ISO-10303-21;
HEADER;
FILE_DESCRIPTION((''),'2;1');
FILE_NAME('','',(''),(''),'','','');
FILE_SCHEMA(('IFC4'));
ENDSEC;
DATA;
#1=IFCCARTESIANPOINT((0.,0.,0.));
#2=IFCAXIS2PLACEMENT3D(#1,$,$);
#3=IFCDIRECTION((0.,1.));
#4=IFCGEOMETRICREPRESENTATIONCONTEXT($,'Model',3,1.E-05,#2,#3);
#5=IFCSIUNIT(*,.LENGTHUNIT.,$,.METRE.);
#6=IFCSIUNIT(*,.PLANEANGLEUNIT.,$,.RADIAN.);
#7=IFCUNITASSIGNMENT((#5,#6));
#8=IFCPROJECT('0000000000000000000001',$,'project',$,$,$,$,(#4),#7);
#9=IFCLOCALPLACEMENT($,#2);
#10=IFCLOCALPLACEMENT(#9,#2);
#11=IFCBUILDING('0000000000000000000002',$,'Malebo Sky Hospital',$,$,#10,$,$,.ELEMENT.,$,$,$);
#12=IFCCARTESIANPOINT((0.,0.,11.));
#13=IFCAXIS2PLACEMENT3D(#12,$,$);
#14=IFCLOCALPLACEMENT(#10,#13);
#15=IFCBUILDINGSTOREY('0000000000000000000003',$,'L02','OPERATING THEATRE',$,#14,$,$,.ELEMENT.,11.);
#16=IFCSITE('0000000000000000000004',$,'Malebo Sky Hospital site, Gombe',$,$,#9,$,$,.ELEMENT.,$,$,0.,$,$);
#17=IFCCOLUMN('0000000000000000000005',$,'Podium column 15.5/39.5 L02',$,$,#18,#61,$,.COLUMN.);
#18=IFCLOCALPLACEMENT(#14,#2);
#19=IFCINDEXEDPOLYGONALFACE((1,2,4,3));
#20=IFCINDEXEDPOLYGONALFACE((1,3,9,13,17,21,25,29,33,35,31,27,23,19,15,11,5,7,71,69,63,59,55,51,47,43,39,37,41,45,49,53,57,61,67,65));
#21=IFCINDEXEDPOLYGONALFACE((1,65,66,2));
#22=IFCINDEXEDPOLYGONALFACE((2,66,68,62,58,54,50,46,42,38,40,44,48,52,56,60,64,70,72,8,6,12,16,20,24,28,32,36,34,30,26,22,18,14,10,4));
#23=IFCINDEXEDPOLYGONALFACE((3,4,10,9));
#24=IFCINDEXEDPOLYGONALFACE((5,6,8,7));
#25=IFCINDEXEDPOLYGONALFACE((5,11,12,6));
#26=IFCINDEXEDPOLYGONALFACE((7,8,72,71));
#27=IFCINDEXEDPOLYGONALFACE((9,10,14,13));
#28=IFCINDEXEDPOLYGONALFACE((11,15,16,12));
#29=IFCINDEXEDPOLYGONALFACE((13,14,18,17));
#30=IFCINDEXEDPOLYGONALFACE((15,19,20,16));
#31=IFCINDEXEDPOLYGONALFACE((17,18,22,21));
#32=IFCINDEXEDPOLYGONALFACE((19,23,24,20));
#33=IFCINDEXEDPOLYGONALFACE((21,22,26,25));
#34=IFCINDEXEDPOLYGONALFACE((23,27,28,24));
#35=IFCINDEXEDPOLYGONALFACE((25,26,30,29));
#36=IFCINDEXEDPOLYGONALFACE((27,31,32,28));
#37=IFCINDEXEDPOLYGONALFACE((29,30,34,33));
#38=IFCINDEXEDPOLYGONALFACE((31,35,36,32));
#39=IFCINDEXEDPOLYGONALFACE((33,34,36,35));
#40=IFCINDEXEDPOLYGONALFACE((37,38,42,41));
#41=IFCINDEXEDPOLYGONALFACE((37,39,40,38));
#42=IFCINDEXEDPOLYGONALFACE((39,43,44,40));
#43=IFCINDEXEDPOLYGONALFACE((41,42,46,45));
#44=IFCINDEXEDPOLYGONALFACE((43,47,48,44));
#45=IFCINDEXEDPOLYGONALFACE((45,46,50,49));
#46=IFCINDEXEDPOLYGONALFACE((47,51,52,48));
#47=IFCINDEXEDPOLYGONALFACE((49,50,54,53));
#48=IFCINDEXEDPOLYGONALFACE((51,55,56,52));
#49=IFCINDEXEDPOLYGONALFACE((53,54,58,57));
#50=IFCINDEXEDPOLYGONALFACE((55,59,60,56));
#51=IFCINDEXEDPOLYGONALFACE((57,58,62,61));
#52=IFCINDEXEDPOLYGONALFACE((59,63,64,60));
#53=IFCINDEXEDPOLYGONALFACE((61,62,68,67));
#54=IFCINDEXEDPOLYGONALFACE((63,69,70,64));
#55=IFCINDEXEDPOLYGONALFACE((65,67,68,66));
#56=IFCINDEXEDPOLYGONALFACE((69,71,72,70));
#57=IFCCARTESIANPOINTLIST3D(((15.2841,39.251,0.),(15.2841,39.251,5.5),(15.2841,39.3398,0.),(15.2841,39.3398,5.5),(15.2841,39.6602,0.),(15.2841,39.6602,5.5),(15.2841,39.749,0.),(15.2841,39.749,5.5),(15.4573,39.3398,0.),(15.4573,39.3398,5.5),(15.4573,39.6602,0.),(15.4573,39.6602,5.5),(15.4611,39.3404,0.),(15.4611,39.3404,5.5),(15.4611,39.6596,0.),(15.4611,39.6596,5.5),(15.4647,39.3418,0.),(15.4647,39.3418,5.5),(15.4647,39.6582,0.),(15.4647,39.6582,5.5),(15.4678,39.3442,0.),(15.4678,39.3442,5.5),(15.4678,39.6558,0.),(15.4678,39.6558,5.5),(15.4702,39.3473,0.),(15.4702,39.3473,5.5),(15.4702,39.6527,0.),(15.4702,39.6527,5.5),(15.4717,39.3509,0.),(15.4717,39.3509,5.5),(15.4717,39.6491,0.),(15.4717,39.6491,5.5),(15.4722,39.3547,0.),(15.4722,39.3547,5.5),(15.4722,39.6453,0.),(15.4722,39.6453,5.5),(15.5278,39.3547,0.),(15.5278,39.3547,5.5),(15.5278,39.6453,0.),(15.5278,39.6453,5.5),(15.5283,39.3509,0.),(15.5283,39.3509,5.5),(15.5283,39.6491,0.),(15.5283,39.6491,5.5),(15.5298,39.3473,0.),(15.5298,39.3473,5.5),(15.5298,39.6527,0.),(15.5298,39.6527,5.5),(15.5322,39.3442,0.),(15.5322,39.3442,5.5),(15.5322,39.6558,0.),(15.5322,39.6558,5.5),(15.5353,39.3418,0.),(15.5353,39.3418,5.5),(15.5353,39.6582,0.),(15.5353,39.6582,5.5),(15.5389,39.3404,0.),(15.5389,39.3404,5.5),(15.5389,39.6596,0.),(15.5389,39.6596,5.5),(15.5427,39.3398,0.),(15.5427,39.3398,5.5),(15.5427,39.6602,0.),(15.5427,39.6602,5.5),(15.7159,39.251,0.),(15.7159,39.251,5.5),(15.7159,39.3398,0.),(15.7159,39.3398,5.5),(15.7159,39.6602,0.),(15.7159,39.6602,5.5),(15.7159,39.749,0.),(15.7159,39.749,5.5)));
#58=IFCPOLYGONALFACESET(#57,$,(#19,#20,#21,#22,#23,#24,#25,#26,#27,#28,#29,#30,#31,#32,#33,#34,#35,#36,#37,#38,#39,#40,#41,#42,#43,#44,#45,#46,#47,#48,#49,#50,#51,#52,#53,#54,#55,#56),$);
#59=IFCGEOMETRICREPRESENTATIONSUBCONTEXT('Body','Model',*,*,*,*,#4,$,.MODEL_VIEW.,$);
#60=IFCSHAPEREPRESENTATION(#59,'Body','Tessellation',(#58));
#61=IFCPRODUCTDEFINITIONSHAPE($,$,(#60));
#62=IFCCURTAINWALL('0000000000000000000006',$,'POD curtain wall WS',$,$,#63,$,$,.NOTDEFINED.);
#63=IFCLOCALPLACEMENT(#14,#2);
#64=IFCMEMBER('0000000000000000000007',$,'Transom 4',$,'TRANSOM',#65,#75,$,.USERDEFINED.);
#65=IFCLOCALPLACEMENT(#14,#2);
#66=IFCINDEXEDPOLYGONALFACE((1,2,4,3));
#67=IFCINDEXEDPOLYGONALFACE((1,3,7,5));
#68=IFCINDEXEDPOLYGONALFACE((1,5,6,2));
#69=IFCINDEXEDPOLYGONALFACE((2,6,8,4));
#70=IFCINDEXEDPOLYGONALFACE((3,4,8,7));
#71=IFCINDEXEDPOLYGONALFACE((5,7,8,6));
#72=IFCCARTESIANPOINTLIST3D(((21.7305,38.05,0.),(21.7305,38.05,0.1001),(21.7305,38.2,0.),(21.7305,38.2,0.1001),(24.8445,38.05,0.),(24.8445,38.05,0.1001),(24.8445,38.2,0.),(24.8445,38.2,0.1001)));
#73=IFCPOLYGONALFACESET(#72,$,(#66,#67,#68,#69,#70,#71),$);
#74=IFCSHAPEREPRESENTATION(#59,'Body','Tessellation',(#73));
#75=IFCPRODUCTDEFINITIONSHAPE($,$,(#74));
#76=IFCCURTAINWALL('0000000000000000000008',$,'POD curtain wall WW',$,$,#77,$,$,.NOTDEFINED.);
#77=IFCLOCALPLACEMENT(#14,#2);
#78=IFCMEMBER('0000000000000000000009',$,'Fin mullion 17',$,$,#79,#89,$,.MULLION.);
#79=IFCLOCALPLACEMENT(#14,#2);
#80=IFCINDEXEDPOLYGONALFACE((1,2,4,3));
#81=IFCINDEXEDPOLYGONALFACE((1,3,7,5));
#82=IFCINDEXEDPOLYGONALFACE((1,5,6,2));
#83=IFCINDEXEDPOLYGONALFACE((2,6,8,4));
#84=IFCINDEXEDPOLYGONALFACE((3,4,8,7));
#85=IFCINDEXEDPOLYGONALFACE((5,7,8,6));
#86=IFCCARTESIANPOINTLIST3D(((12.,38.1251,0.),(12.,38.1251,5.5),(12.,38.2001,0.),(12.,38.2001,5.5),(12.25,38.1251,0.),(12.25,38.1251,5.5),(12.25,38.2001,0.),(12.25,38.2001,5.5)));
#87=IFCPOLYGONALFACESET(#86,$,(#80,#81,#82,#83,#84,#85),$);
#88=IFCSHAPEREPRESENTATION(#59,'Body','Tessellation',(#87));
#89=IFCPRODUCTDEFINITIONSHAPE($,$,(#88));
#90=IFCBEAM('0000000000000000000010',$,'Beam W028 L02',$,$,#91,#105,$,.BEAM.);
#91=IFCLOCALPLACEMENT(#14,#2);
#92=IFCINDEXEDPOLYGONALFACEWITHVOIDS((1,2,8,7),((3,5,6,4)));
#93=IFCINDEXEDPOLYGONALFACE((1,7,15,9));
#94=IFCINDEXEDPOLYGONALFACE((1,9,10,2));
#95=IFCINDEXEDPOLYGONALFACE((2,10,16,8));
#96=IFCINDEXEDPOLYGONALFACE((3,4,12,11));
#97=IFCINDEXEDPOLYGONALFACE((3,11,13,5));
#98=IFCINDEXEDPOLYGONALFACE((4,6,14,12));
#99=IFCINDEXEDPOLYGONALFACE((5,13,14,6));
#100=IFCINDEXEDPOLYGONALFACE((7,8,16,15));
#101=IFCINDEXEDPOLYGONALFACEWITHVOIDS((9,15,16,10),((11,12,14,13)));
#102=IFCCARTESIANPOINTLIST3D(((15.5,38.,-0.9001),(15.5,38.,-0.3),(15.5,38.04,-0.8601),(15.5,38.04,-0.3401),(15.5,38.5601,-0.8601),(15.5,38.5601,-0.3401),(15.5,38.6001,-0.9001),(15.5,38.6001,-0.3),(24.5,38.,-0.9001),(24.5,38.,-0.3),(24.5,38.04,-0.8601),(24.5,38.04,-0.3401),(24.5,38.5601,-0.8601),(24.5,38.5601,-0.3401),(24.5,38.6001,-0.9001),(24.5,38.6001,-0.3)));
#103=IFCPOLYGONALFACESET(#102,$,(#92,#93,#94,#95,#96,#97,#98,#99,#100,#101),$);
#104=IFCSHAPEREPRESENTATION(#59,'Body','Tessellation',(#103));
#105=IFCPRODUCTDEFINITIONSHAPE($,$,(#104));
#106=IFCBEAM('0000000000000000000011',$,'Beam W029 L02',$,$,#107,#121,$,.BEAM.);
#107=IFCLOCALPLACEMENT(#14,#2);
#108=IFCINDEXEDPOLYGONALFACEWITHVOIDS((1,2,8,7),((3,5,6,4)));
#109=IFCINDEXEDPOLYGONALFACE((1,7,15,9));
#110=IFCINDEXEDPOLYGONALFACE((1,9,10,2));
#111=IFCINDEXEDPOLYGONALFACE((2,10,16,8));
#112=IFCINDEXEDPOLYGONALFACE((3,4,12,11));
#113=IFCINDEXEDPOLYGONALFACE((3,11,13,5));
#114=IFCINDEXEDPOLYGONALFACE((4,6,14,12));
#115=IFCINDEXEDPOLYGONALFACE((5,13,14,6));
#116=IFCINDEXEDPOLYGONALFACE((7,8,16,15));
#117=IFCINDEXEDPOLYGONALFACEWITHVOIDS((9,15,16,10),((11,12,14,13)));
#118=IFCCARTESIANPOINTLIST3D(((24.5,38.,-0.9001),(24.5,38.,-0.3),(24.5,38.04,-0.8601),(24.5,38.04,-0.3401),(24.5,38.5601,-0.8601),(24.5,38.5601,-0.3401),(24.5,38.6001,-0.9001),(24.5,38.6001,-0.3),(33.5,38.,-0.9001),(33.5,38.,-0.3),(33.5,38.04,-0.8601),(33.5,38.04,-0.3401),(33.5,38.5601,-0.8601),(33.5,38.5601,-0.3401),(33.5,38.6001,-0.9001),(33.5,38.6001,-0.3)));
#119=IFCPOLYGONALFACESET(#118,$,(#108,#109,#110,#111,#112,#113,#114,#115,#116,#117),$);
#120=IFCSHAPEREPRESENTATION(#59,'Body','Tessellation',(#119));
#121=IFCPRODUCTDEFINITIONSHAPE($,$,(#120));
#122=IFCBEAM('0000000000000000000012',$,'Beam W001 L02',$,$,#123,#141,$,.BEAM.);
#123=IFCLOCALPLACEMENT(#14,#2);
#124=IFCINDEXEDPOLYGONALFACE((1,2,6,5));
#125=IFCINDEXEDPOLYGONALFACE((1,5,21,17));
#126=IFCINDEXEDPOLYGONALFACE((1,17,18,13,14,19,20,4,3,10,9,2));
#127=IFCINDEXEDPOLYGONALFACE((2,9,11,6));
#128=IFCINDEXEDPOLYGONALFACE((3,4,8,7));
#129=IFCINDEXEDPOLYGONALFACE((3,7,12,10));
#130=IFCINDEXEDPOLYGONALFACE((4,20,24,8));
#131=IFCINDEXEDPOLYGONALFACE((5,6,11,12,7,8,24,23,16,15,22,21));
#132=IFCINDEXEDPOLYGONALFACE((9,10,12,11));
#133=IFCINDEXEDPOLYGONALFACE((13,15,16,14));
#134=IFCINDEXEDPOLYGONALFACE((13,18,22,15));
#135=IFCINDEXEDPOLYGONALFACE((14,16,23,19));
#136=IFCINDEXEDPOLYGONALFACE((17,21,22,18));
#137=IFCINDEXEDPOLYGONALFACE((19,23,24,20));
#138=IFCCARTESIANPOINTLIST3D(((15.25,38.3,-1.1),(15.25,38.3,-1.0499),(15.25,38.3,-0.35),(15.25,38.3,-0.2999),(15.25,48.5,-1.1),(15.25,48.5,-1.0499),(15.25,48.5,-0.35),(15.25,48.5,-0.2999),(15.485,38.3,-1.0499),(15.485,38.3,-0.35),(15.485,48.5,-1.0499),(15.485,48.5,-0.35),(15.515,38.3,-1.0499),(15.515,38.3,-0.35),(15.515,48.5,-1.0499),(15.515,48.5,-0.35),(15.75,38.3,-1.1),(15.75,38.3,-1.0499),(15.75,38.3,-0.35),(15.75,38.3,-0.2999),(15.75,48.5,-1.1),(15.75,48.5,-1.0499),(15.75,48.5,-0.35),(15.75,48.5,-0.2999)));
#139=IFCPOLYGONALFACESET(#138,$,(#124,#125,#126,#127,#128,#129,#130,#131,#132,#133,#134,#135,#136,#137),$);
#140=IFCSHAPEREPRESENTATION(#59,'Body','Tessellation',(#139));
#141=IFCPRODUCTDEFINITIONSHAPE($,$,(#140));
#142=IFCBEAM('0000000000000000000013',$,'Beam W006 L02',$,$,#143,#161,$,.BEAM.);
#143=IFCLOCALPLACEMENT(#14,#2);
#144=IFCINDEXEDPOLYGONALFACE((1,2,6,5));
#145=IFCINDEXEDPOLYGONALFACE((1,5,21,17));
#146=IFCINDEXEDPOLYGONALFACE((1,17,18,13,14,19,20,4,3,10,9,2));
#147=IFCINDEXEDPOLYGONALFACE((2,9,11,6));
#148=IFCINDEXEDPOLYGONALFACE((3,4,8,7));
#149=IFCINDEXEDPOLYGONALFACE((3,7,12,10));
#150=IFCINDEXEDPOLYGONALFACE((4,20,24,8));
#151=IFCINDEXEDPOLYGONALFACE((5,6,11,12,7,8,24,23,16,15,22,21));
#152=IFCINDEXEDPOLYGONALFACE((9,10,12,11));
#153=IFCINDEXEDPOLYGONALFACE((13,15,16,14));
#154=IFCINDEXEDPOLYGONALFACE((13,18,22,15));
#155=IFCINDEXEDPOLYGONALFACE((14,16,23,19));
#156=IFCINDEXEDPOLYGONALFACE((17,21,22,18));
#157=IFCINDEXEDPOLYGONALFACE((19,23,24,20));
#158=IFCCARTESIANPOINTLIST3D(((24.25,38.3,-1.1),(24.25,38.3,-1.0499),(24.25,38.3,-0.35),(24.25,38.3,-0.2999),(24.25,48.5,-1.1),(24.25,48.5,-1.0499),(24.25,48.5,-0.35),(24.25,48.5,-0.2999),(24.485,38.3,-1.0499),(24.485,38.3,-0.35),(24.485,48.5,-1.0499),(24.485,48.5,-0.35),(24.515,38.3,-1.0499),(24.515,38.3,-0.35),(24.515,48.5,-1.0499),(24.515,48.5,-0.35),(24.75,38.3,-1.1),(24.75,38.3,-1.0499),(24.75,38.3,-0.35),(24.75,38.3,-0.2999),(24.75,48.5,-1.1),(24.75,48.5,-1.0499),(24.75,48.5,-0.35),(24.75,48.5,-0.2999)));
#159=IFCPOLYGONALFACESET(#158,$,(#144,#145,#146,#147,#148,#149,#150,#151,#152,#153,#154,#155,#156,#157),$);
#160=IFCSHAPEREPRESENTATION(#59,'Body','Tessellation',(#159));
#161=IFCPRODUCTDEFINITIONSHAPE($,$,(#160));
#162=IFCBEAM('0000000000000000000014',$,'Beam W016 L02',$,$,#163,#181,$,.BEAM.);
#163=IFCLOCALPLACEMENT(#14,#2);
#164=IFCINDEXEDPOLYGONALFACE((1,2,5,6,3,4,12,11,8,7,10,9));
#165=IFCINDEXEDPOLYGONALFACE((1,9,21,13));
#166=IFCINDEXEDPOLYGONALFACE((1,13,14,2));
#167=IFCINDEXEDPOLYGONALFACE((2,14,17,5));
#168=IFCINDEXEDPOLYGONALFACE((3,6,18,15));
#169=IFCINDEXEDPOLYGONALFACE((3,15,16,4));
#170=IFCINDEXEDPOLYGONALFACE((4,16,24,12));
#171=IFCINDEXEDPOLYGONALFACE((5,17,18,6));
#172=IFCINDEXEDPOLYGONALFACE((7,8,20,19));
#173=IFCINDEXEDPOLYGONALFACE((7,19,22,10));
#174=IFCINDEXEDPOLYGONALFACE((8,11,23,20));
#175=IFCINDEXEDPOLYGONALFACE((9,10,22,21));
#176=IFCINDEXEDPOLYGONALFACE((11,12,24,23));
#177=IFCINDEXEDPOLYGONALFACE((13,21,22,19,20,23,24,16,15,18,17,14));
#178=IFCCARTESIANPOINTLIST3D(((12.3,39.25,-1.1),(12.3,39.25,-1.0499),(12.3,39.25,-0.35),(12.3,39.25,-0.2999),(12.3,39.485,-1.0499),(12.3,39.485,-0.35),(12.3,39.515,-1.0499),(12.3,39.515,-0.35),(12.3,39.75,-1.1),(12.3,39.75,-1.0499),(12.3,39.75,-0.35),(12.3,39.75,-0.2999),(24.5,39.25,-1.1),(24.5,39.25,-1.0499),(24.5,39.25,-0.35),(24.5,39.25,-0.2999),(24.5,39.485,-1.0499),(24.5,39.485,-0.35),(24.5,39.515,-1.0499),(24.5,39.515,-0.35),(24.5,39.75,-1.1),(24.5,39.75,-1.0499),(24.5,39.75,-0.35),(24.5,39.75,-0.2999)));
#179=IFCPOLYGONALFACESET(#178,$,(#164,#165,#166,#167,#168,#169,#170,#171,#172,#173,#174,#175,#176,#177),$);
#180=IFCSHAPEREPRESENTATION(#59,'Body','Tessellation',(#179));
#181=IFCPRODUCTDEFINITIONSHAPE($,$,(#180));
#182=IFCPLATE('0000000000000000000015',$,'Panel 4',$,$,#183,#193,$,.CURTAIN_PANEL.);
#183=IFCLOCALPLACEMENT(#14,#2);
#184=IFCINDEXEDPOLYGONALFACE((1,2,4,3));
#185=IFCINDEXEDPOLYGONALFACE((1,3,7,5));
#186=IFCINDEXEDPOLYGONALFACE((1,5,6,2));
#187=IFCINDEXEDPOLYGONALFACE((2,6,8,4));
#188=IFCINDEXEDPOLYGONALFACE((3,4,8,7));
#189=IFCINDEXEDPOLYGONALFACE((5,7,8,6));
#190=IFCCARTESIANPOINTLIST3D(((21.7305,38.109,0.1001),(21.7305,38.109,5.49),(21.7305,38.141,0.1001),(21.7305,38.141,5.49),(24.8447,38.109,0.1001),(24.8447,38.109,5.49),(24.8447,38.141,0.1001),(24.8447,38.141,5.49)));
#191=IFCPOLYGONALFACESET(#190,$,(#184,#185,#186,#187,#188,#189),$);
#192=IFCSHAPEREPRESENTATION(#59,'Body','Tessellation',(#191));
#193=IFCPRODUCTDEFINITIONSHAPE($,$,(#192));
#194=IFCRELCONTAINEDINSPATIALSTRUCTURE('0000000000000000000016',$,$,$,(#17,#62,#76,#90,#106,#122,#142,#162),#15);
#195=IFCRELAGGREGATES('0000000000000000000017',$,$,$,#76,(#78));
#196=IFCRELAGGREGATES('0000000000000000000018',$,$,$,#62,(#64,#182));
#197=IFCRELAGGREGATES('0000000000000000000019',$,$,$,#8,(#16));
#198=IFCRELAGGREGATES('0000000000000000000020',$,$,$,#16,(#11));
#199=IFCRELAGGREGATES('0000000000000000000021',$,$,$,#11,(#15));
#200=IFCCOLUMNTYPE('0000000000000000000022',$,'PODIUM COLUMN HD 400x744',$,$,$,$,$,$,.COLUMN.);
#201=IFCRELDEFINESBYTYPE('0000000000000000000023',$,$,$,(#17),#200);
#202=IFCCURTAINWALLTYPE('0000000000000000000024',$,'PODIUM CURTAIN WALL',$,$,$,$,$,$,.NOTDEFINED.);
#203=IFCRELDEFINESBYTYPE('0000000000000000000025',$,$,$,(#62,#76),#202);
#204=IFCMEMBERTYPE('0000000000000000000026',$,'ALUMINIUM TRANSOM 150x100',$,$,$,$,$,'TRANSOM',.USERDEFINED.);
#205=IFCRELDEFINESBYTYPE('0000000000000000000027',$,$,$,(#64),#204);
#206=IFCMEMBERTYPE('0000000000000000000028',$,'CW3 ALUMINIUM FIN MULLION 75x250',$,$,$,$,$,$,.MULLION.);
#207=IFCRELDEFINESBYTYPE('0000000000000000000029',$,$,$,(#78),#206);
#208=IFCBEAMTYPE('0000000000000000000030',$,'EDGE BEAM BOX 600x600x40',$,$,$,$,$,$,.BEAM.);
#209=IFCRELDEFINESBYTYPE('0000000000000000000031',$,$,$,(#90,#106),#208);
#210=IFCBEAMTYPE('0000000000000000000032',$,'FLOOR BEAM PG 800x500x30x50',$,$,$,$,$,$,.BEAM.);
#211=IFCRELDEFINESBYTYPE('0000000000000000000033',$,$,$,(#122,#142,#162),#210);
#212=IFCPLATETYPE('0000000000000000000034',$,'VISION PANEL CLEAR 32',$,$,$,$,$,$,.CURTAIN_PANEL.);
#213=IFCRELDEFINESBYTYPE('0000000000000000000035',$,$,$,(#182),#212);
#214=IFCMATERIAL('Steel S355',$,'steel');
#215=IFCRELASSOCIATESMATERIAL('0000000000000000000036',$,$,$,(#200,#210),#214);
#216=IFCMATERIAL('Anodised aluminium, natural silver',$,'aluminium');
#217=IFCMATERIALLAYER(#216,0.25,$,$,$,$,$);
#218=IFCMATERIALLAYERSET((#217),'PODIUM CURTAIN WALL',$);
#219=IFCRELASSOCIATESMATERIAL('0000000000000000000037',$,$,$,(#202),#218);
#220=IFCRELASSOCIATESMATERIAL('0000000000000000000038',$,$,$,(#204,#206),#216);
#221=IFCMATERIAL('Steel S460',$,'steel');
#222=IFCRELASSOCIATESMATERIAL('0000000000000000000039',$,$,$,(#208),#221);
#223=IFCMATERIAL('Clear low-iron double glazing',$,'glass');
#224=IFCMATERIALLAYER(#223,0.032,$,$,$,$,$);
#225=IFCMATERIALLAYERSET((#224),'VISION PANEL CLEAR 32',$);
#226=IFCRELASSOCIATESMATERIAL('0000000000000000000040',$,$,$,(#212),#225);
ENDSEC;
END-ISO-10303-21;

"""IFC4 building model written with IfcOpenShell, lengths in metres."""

from ifc_helpers import new_model, si_unit, direction, frame, origin, origin_2d, place, context, subcontext, project, spatial, rectangle, hollow_rectangle, i_section, extrude, material, layer, layer_set, material_profile, profile_set, type_object, element, aggregate, save


model = new_model("IFC4")

# Units and contexts
model_context = context("Model", 3, precision=1e-05, world=origin(), true_north=direction((0.0, 1.0)))
body_context = subcontext(model_context, "Body", "Model", "MODEL_VIEW")
ifc_project = project(units=[si_unit("LENGTHUNIT", "METRE"), si_unit("PLANEANGLEUNIT", "RADIAN")], contexts=[model_context])

# Site, building, storey
site_placement = place(None, origin())
site = spatial("IfcSite", under=ifc_project, at=site_placement, Name="Malebo Sky Hospital site, Gombe", CompositionType="ELEMENT", RefElevation=0.0)
building_placement = place(site_placement, origin())
building = spatial("IfcBuilding", under=site, at=building_placement, Name="Malebo Sky Hospital", CompositionType="ELEMENT")
storey_placement = place(building_placement, frame((0.0, 0.0, 11.0)))
storey = spatial("IfcBuildingStorey", under=building, at=storey_placement, Name="L02", Description="OPERATING THEATRE", CompositionType="ELEMENT", Elevation=11.0)

# Column
ifc_material_1 = material(Name="Steel S355", Category="steel")
ifc_material_profile_1 = material_profile(ifc_material_1, i_section(OverallWidth=0.4319, OverallDepth=0.498, WebThickness=0.0557, FlangeThickness=0.0889, FilletRadius=0.0149, at=origin_2d()), Name="HD 400x744")
ifc_profile_set_1 = profile_set([ifc_material_profile_1], Name="Steel S355")
column_type = type_object("IfcColumnType", Name="PODIUM COLUMN HD 400x744", PredefinedType="COLUMN", material=ifc_profile_set_1)
column_placement = place(storey_placement, frame((15.5, 39.5, 0.0), z_axis=(0.0, 0.0, 1.0), x_axis=(1.0, 0.0, 0.0)))
element("IfcColumn", 1, at=column_placement, inside=storey, type_object=column_type, Name="Podium column 15.5/39.5 L02", PredefinedType="COLUMN", context=body_context, shape_type="SweptSolid", body=[
    extrude(i_section(OverallWidth=0.4319, OverallDepth=0.498, WebThickness=0.0557, FlangeThickness=0.0889, FilletRadius=0.0149, at=origin_2d()), origin(), (0.0, 0.0, 1.0), 5.5),
])

# Curtain walls, members
ifc_material_2 = material(Name="Anodised aluminium, natural silver", Category="aluminium")
ifc_layer_1 = layer(ifc_material_2, 0.25)
ifc_layer_set_1 = layer_set([ifc_layer_1], Name="PODIUM CURTAIN WALL")
curtain_wall_type = type_object("IfcCurtainWallType", Name="PODIUM CURTAIN WALL", PredefinedType="NOTDEFINED", material=ifc_layer_set_1)
curtain_wall_1_placement = place(storey_placement, origin())
curtain_wall_1 = element("IfcCurtainWall", 2, at=curtain_wall_1_placement, inside=storey, type_object=curtain_wall_type, Name="POD curtain wall WS", PredefinedType="NOTDEFINED")
ifc_material_profile_2 = material_profile(ifc_material_2, rectangle(XDim=0.1499, YDim=0.1001, at=origin_2d()), Name="ALUMINIUM TRANSOM 150x100")
ifc_profile_set_2 = profile_set([ifc_material_profile_2], Name="Anodised aluminium, natural silver")
member_type_1 = type_object("IfcMemberType", Name="ALUMINIUM TRANSOM 150x100", ElementType="TRANSOM", PredefinedType="USERDEFINED", material=ifc_profile_set_2)
member_1_placement = place(storey_placement, frame((21.7305, 38.125, 0.05), z_axis=(1.0, 0.0, 0.0), x_axis=(0.0, 1.0, 0.0)))
member_1 = element("IfcMember", 3, at=member_1_placement, type_object=member_type_1, Name="Transom 4", ObjectType="TRANSOM", PredefinedType="USERDEFINED", context=body_context, shape_type="SweptSolid", body=[
    extrude(rectangle(XDim=0.1499, YDim=0.1001, at=origin_2d()), origin(), (0.0, 0.0, 1.0), 3.114),
])
curtain_wall_2_placement = place(storey_placement, origin())
curtain_wall_2 = element("IfcCurtainWall", 4, at=curtain_wall_2_placement, inside=storey, type_object=curtain_wall_type, Name="POD curtain wall WW", PredefinedType="NOTDEFINED")
ifc_material_profile_3 = material_profile(ifc_material_2, rectangle(XDim=0.075, YDim=0.25, at=origin_2d()), Name="CW3 ALUMINIUM FIN MULLION 75x250")
ifc_profile_set_3 = profile_set([ifc_material_profile_3], Name="Anodised aluminium, natural silver")
member_type_2 = type_object("IfcMemberType", Name="CW3 ALUMINIUM FIN MULLION 75x250", PredefinedType="MULLION", material=ifc_profile_set_3)
member_2_placement = place(storey_placement, frame((12.125, 38.1626, 0.0), z_axis=(0.0, 0.0, 1.0), x_axis=(0.0, -1.0, 0.0)))
member_2 = element("IfcMember", 5, at=member_2_placement, type_object=member_type_2, Name="Fin mullion 17", PredefinedType="MULLION", context=body_context, shape_type="SweptSolid", body=[
    extrude(rectangle(XDim=0.075, YDim=0.25, at=origin_2d()), origin(), (0.0, 0.0, 1.0), 5.5),
])
aggregate(curtain_wall_2, [member_2])

# Beams
ifc_material_3 = material(Name="Steel S460", Category="steel")
ifc_material_profile_4 = material_profile(ifc_material_3, hollow_rectangle(XDim=0.6001, YDim=0.6001, WallThickness=0.04, at=origin_2d()), Name="BOX 600x600x40")
ifc_profile_set_4 = profile_set([ifc_material_profile_4], Name="Steel S460")
beam_type_1 = type_object("IfcBeamType", Name="EDGE BEAM BOX 600x600x40", PredefinedType="BEAM", material=ifc_profile_set_4)
for number, where, z_axis, x_axis, name in (
    (6, (15.5, 38.3, -0.6001), (1.0, 0.0, 0.0), (0.0, 1.0, 0.0), "Beam W028 L02"),
    (7, (24.5, 38.3, -0.6001), (1.0, 0.0, 0.0), (0.0, 1.0, 0.0), "Beam W029 L02"),
):
    element("IfcBeam", number, at=place(storey_placement, frame(where, z_axis=z_axis, x_axis=x_axis)), inside=storey, type_object=beam_type_1, Name=name, PredefinedType="BEAM", context=body_context, shape_type="SweptSolid", body=[
        extrude(hollow_rectangle(XDim=0.6001, YDim=0.6001, WallThickness=0.04, at=origin_2d()), origin(), (0.0, 0.0, 1.0), 9.0),
    ])
ifc_material_profile_5 = material_profile(ifc_material_1, i_section(OverallWidth=0.5, OverallDepth=0.8, WebThickness=0.03, FlangeThickness=0.05, at=origin_2d()), Name="PG 800x500x30x50")
ifc_profile_set_5 = profile_set([ifc_material_profile_5], Name="Steel S355")
beam_type_2 = type_object("IfcBeamType", Name="FLOOR BEAM PG 800x500x30x50", PredefinedType="BEAM", material=ifc_profile_set_5)
for number, where, z_axis, x_axis, name in (
    (8, (15.5, 38.3, -0.7), (0.0, 1.0, 0.0), (-1.0, 0.0, 0.0), "Beam W001 L02"),
    (9, (24.5, 38.3, -0.7), (0.0, 1.0, 0.0), (-1.0, 0.0, 0.0), "Beam W006 L02"),
):
    element("IfcBeam", number, at=place(storey_placement, frame(where, z_axis=z_axis, x_axis=x_axis)), inside=storey, type_object=beam_type_2, Name=name, PredefinedType="BEAM", context=body_context, shape_type="SweptSolid", body=[
        extrude(i_section(OverallWidth=0.5, OverallDepth=0.8, WebThickness=0.03, FlangeThickness=0.05, at=origin_2d()), origin(), (0.0, 0.0, 1.0), 10.2),
    ])
beam_placement = place(storey_placement, frame((12.3, 39.5, -0.7), z_axis=(1.0, 0.0, 0.0), x_axis=(0.0, 1.0, 0.0)))
element("IfcBeam", 10, at=beam_placement, inside=storey, type_object=beam_type_2, Name="Beam W016 L02", PredefinedType="BEAM", context=body_context, shape_type="SweptSolid", body=[
    extrude(i_section(OverallWidth=0.5, OverallDepth=0.8, WebThickness=0.03, FlangeThickness=0.05, at=origin_2d()), origin(), (0.0, 0.0, 1.0), 12.2),
])

# Plate
ifc_material_4 = material(Name="Clear low-iron double glazing", Category="glass")
ifc_layer_2 = layer(ifc_material_4, 0.032)
ifc_layer_set_2 = layer_set([ifc_layer_2], Name="VISION PANEL CLEAR 32")
plate_type = type_object("IfcPlateType", Name="VISION PANEL CLEAR 32", PredefinedType="CURTAIN_PANEL", material=ifc_layer_set_2)
plate_placement = place(storey_placement, frame((23.2876, 38.125, 0.1001), z_axis=(0.0, 0.0, 1.0), x_axis=(1.0, 0.0, 0.0)))
plate = element("IfcPlate", 11, at=plate_placement, type_object=plate_type, Name="Panel 4", PredefinedType="CURTAIN_PANEL", context=body_context, shape_type="SweptSolid", body=[
    extrude(rectangle(XDim=3.1143, YDim=0.032, at=origin_2d()), origin(), (0.0, 0.0, 1.0), 5.3899),
])
aggregate(curtain_wall_1, [member_1, plate])

save(model, "model.ifc")
